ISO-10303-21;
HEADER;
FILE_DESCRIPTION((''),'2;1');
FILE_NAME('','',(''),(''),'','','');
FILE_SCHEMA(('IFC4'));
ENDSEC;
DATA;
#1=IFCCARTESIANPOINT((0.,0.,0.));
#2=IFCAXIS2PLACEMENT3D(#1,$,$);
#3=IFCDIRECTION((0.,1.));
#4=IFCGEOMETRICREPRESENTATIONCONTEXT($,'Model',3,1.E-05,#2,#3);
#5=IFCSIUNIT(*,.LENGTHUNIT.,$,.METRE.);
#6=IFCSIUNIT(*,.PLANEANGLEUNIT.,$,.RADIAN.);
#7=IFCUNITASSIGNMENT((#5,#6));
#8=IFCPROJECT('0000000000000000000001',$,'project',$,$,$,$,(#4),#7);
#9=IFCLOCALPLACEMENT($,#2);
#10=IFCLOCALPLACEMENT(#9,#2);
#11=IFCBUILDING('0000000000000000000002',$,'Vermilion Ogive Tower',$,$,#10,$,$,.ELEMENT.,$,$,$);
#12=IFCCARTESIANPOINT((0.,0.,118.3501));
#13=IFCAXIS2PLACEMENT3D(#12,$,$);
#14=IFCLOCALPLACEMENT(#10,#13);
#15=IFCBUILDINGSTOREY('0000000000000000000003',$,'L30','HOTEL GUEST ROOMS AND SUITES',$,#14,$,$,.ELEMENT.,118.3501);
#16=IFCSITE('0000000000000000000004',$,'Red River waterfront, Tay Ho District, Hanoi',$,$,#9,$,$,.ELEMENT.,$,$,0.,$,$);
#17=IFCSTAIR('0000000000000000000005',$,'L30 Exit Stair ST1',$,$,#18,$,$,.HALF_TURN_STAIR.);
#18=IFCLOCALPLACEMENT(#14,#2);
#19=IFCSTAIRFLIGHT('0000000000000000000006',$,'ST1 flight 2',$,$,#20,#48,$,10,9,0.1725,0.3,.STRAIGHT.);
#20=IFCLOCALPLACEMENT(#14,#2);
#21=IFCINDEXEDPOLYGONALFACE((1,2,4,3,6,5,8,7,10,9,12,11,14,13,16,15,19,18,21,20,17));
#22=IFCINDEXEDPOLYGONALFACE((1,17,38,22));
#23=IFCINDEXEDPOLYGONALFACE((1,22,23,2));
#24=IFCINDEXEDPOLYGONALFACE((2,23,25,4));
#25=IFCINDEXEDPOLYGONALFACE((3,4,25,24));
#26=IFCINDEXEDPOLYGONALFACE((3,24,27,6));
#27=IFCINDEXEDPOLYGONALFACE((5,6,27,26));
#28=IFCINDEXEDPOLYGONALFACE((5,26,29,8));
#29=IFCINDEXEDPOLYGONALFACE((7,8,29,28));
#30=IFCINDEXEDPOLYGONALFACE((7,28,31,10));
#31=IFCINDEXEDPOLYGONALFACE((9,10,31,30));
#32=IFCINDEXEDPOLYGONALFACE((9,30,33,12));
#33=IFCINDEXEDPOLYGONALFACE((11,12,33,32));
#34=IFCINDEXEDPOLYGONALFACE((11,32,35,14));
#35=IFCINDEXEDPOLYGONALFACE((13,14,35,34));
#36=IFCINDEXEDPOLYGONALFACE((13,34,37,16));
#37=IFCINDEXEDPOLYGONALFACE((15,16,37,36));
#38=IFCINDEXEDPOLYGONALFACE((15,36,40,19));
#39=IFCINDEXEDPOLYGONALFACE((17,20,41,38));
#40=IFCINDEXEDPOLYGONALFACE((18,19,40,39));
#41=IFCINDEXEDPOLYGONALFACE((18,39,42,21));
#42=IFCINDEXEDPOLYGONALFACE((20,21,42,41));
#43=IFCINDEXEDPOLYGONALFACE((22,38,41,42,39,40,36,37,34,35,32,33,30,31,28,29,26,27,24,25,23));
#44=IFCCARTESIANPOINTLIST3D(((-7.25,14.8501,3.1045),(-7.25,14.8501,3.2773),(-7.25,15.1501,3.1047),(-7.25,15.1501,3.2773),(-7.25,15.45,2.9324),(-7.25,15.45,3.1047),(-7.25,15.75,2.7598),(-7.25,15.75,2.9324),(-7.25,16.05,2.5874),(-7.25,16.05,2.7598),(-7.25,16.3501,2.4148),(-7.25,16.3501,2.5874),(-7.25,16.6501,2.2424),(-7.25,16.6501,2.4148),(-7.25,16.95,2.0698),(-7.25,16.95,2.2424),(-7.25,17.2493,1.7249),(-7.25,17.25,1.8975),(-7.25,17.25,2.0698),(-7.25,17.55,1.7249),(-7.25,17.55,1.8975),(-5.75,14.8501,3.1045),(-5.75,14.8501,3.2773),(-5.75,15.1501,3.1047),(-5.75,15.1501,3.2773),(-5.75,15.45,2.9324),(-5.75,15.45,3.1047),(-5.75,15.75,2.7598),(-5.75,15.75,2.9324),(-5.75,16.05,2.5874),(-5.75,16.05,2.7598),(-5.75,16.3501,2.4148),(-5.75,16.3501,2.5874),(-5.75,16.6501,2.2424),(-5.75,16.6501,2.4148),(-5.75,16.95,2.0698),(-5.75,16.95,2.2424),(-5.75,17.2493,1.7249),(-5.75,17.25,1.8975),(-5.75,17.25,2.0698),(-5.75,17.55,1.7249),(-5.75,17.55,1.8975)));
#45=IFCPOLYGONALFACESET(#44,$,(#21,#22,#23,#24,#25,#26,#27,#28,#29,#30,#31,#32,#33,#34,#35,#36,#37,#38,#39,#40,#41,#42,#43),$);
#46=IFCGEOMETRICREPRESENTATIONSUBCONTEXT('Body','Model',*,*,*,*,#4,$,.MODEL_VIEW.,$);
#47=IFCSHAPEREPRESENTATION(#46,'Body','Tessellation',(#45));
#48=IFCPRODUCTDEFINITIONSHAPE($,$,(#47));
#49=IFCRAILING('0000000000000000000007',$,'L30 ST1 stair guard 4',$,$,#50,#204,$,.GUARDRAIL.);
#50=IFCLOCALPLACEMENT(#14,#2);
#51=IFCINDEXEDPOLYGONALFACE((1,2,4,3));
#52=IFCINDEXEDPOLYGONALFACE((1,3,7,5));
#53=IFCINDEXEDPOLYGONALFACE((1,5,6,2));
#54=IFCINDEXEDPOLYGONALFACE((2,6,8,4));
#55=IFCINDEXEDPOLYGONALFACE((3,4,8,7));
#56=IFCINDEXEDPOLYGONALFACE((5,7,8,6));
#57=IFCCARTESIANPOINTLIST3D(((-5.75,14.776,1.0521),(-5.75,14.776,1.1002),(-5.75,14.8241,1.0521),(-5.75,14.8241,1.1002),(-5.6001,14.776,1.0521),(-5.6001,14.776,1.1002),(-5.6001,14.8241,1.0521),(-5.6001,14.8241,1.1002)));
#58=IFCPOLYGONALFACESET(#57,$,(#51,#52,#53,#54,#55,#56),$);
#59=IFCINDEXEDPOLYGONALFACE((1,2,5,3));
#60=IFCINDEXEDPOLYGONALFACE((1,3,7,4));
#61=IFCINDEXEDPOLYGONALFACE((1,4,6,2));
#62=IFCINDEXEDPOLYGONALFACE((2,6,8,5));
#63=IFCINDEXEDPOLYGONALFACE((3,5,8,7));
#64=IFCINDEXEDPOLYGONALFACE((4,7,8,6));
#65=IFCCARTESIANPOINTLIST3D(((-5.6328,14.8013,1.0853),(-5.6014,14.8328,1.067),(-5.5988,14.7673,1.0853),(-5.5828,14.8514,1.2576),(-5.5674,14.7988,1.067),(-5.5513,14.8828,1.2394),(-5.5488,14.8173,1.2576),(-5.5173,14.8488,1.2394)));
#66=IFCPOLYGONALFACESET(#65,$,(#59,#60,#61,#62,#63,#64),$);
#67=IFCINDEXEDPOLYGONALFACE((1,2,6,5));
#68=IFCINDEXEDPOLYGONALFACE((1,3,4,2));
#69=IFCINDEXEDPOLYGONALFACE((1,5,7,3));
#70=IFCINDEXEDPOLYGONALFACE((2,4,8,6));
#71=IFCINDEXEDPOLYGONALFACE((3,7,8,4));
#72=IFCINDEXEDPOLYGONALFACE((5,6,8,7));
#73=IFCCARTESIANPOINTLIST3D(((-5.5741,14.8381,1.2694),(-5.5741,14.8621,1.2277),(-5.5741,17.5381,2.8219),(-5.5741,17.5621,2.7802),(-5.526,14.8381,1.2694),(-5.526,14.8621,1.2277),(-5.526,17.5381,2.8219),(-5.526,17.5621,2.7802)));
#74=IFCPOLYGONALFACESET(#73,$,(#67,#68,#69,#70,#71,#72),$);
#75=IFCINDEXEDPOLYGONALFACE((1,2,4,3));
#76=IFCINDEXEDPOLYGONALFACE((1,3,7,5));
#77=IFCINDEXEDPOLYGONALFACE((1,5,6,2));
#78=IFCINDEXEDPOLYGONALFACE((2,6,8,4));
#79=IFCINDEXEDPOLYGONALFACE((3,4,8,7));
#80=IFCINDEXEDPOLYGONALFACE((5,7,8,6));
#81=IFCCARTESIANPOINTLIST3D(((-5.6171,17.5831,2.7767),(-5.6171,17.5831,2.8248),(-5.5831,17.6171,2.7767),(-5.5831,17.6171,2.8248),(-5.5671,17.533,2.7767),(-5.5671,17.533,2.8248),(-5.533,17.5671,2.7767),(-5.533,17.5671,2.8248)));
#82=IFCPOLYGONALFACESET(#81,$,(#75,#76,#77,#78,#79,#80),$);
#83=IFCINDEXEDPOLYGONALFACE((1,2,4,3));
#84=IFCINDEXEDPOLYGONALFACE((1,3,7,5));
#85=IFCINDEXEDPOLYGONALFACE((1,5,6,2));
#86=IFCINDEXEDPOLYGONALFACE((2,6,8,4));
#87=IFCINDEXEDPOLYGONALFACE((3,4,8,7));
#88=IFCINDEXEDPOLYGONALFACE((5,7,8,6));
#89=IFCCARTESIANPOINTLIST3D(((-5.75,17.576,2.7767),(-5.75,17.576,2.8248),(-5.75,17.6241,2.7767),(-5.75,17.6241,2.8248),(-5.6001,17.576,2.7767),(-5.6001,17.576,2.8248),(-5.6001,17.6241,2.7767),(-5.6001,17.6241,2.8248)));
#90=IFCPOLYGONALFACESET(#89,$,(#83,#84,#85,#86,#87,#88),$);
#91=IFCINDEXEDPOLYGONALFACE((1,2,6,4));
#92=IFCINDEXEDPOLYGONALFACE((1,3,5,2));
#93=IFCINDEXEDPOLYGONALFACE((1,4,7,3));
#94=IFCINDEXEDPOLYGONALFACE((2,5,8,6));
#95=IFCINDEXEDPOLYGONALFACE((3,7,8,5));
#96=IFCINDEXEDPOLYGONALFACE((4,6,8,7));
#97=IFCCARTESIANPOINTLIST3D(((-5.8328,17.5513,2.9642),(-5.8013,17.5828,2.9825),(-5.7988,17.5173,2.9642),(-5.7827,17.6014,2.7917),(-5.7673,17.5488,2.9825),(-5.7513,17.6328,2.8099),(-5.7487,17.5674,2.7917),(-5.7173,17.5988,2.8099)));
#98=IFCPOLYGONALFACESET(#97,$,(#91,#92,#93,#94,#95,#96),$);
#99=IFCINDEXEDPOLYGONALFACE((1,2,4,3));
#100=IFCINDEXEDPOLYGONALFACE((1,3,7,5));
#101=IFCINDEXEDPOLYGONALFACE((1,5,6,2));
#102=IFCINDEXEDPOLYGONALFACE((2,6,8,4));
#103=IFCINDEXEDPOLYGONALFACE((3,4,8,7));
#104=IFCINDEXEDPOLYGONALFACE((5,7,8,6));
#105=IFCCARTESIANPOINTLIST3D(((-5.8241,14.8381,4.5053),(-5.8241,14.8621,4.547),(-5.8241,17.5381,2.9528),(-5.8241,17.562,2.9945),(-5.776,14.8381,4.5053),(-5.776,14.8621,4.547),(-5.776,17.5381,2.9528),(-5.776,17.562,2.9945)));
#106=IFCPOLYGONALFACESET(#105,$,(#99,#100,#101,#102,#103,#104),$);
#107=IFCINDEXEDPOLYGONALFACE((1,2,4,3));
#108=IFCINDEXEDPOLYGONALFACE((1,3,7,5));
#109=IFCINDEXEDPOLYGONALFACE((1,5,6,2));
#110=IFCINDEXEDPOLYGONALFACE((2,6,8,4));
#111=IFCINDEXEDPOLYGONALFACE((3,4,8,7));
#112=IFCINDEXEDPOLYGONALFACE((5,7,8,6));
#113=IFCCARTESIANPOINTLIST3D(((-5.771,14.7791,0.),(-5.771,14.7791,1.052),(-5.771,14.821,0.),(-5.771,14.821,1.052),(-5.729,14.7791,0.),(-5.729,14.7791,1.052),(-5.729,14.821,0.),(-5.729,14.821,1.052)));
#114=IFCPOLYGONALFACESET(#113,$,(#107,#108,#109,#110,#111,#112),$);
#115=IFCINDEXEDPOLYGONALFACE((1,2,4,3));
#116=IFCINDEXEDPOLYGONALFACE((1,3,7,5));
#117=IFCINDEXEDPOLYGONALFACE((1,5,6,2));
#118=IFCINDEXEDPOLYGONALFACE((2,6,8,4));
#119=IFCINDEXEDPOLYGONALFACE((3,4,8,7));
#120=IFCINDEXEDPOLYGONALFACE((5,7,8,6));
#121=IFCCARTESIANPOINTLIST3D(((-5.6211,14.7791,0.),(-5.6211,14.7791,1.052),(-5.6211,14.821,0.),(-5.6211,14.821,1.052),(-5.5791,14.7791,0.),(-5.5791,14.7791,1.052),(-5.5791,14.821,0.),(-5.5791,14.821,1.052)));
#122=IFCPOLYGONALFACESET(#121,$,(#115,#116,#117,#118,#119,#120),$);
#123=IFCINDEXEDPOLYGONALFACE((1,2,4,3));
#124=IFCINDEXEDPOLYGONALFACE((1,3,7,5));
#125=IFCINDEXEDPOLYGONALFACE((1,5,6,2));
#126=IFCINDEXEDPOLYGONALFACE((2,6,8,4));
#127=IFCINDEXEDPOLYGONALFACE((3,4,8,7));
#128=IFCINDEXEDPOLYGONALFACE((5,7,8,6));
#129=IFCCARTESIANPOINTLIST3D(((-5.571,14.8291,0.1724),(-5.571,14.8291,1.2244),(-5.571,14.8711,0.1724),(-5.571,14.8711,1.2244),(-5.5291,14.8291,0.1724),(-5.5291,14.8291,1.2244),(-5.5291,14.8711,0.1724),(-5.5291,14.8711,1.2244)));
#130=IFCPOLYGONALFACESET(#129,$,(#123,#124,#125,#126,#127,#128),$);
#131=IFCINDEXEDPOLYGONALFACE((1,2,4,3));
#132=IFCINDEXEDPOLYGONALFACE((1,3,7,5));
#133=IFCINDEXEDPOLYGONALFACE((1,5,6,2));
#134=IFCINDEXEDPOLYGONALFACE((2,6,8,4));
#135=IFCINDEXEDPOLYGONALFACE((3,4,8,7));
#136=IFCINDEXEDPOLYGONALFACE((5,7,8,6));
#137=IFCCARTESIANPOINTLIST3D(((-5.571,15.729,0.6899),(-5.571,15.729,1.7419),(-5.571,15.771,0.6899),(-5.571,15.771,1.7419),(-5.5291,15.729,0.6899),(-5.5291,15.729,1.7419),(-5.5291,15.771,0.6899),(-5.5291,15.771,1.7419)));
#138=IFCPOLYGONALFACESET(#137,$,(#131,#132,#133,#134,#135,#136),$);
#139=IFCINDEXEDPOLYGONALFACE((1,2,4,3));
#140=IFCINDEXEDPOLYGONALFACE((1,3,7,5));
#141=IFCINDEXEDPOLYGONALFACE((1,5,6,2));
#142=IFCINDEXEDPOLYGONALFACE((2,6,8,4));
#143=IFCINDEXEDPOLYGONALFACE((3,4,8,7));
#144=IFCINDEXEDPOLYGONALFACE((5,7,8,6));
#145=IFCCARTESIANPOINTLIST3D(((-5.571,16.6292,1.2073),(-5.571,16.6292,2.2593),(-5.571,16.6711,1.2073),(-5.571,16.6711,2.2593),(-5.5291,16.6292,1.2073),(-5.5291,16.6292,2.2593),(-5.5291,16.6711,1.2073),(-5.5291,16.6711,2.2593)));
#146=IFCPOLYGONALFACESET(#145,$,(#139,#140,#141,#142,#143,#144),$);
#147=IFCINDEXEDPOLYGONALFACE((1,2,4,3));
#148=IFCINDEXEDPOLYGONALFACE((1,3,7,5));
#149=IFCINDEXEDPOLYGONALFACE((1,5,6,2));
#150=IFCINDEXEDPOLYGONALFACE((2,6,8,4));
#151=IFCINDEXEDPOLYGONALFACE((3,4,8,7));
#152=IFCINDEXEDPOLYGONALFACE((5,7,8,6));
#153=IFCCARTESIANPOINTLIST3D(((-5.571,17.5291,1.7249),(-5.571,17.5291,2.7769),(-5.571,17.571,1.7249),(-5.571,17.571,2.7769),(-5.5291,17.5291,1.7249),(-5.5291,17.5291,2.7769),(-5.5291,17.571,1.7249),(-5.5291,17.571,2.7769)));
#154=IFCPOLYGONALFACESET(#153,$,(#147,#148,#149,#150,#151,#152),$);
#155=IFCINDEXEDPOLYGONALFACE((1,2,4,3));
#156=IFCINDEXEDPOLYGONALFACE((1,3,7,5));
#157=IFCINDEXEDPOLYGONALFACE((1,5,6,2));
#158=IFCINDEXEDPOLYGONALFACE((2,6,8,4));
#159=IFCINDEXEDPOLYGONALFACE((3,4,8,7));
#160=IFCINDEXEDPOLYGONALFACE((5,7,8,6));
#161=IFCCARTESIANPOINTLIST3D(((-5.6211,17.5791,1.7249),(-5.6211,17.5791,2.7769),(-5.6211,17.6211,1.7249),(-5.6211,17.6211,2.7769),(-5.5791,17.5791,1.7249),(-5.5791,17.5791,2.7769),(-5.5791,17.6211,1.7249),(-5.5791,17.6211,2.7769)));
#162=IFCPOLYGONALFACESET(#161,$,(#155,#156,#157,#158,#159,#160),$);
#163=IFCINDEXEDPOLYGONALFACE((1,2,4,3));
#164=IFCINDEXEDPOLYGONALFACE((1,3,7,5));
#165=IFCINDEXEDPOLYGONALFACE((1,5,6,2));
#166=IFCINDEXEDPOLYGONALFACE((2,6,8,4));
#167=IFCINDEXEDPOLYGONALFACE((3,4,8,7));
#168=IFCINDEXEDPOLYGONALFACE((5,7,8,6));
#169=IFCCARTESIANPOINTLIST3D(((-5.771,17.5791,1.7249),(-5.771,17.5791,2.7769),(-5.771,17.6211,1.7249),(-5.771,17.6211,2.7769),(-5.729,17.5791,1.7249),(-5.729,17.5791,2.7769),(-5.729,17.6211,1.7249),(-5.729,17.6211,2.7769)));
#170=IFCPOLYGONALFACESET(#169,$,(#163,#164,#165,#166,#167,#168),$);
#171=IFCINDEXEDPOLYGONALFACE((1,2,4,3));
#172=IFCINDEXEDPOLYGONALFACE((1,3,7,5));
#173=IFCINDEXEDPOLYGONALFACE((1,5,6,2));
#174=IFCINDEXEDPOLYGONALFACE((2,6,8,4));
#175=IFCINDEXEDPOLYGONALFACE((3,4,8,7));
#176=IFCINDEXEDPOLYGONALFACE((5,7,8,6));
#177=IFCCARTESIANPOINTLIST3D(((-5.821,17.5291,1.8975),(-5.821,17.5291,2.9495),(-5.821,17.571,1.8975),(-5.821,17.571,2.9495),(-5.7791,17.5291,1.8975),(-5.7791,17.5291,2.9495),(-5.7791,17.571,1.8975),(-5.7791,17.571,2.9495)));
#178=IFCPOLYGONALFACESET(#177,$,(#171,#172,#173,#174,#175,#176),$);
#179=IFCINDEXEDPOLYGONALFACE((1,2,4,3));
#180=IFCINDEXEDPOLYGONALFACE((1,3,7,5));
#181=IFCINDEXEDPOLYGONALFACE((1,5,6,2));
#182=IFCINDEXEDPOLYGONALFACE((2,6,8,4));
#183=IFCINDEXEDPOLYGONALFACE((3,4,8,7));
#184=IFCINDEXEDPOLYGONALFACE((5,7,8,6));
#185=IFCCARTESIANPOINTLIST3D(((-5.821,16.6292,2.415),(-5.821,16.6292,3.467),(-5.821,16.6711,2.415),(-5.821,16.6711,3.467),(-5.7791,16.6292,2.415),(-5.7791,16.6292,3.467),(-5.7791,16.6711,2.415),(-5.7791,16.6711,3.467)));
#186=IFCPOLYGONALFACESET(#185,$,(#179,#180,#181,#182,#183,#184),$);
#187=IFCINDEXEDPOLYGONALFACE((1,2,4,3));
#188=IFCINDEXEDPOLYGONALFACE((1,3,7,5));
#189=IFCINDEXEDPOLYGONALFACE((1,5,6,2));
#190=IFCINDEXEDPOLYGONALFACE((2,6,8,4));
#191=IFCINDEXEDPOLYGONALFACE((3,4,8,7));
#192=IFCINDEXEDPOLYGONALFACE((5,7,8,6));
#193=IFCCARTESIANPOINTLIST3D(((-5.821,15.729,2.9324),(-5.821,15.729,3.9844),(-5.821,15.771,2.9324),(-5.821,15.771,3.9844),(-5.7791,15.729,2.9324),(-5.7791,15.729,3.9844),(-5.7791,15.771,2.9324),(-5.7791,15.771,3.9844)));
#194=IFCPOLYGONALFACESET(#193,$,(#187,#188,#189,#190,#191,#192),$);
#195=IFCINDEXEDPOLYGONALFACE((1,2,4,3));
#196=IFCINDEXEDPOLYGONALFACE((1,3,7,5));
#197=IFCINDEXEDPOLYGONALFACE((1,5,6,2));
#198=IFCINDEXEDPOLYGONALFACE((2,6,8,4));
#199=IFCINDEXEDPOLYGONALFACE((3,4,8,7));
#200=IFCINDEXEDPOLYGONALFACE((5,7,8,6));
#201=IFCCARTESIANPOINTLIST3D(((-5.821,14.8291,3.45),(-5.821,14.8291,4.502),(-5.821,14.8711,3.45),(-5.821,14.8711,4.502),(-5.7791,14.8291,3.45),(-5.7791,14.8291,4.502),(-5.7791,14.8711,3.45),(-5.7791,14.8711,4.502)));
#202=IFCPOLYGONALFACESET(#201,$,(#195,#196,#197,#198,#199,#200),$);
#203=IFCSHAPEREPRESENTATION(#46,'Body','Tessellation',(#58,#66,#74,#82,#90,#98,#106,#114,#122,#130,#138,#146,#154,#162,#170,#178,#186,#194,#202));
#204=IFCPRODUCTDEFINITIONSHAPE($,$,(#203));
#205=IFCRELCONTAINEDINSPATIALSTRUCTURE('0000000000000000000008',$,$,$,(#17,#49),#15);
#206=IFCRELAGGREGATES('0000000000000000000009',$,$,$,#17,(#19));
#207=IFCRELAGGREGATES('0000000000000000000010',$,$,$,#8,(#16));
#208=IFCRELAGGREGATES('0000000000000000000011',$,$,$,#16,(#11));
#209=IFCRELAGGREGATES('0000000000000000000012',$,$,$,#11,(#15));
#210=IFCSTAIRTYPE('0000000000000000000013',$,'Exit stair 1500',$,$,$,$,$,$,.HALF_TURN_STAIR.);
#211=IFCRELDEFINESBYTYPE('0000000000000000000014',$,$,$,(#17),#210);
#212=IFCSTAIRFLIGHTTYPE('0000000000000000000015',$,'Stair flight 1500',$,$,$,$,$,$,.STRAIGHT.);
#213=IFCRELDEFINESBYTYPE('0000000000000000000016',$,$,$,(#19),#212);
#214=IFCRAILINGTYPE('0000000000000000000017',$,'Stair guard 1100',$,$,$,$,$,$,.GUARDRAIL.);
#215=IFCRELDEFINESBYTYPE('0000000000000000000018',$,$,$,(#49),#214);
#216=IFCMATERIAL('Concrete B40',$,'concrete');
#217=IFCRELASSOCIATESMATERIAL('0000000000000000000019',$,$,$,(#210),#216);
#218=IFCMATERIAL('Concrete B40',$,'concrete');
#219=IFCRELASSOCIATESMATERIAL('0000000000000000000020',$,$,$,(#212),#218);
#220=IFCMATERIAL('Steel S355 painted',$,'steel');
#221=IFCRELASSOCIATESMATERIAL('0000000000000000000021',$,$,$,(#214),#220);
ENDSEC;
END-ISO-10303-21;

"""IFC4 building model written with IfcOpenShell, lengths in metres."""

from ifc_helpers import new_model, si_unit, direction, frame, origin, origin_2d, place, context, subcontext, project, spatial, polyline, rectangle, outline, extrude, material, type_object, element, aggregate, save


model = new_model("IFC4")

# Units and contexts
model_context = context("Model", 3, precision=1e-05, world=origin(), true_north=direction((0.0, 1.0)))
body_context = subcontext(model_context, "Body", "Model", "MODEL_VIEW")
ifc_project = project(units=[si_unit("LENGTHUNIT", "METRE"), si_unit("PLANEANGLEUNIT", "RADIAN")], contexts=[model_context])

# Site, building, storey
site_placement = place(None, origin())
site = spatial("IfcSite", under=ifc_project, at=site_placement, Name="Red River waterfront, Tay Ho District, Hanoi", CompositionType="ELEMENT", RefElevation=0.0)
building_placement = place(site_placement, origin())
building = spatial("IfcBuilding", under=site, at=building_placement, Name="Vermilion Ogive Tower", CompositionType="ELEMENT")
storey_placement = place(building_placement, frame((0.0, 0.0, 118.3501)))
storey = spatial("IfcBuildingStorey", under=building, at=storey_placement, Name="L30", Description="HOTEL GUEST ROOMS AND SUITES", CompositionType="ELEMENT", Elevation=118.3501)

# Stair, stair flight
ifc_material_1 = material(Name="Concrete B40", Category="concrete")
stair_type = type_object("IfcStairType", Name="Exit stair 1500", PredefinedType="HALF_TURN_STAIR", material=ifc_material_1)
stair_placement = place(storey_placement, origin())
stair = element("IfcStair", 1, at=stair_placement, inside=storey, type_object=stair_type, Name="L30 Exit Stair ST1", PredefinedType="HALF_TURN_STAIR")
ifc_material_2 = material(Name="Concrete B40", Category="concrete")
stair_flight_type = type_object("IfcStairFlightType", Name="Stair flight 1500", PredefinedType="STRAIGHT", material=ifc_material_2)
stair_flight_1_placement = place(storey_placement, frame((-6.5, 17.55, 1.7249), z_axis=(0.0, 0.0, 1.0), x_axis=(0.0, -1.0, 0.0)))
stair_flight_1 = element("IfcStairFlight", 2, at=stair_flight_1_placement, type_object=stair_flight_type, Name="ST1 flight 2", NumberOfRisers=10, NumberOfTreads=9, PredefinedType="STRAIGHT", RiserHeight=0.1725, TreadLength=0.3, context=body_context, shape_type="SweptSolid", body=[
    extrude(outline(polyline([(0.0, 0.0), (0.0, 0.1726), (0.3, 0.1726), (0.3, 0.345), (0.6001, 0.345), (0.6001, 0.5176), (0.8999, 0.5176), (0.8999, 0.6899), (1.2, 0.6899), (1.2, 0.8625), (1.5, 0.8625), (1.5, 1.0349), (1.8, 1.0349), (1.8, 1.2075), (2.1001, 1.2075), (2.1001, 1.3799), (2.3999, 1.3799), (2.3999, 1.5525), (2.7, 1.5525), (2.7, 1.7251), (2.7, 1.3796), (0.3008, 0.0), (0.0, 0.0)])), frame((0.0, 0.75, 0.0), z_axis=(0.0, -1.0, 0.0), x_axis=(1.0, 0.0, 0.0)), (0.0, 0.0, 1.0), 1.5),
])
aggregate(stair, [stair_flight_1])

# Railing
ifc_material_3 = material(Name="Steel S355 painted", Category="steel")
railing_type_1 = type_object("IfcRailingType", Name="Stair guard 1100", PredefinedType="GUARDRAIL", material=ifc_material_3)
railing_1_placement = place(storey_placement, frame((-5.75, 14.8, 0.0)))
element("IfcRailing", 3, at=railing_1_placement, inside=storey, type_object=railing_type_1, Name="L30 ST1 stair guard 4", PredefinedType="GUARDRAIL", context=body_context, shape_type="SweptSolid", body=[
    extrude(rectangle(XDim=0.0481, YDim=0.0481, at=origin_2d()), frame((0.0, 0.0, 1.0762), z_axis=(1.0, 0.0, 0.0), x_axis=(0.0, 1.0, 0.0)), (0.0, 0.0, 1.0), 0.1499),
    extrude(rectangle(XDim=0.0481, YDim=0.0481, at=origin_2d()), frame((0.1499, 0.0, 1.0762), z_axis=(0.268603, 0.268603, 0.925043), x_axis=(-0.707107, 0.707107, 0.0)), (0.0, 0.0, 1.0), 0.1863),
    extrude(rectangle(XDim=0.0481, YDim=0.0481, at=origin_2d()), frame((0.2, 0.05, 1.2485), z_axis=(0.0, 0.866904, 0.498476), x_axis=(-1.0, 0.0, 0.0)), (0.0, 0.0, 1.0), 3.1145),
    extrude(rectangle(XDim=0.0481, YDim=0.0481, at=origin_2d()), frame((0.2, 2.75, 2.8008), z_axis=(-0.707107, 0.707107, 0.0), x_axis=(-0.707107, -0.707107, 0.0)), (0.0, 0.0, 1.0), 0.0708),
    extrude(rectangle(XDim=0.0481, YDim=0.0481, at=origin_2d()), frame((0.1499, 2.8, 2.8008), z_axis=(-1.0, 0.0, 0.0), x_axis=(0.0, -1.0, 0.0)), (0.0, 0.0, 1.0), 0.1499),
    extrude(rectangle(XDim=0.0481, YDim=0.0481, at=origin_2d()), frame((0.0, 2.8, 2.8008), z_axis=(-0.268278, -0.268278, 0.925232), x_axis=(0.707107, -0.707107, 0.0)), (0.0, 0.0, 1.0), 0.1865),
    extrude(rectangle(XDim=0.0481, YDim=0.0481, at=origin_2d()), frame((-0.05, 2.75, 2.9736), z_axis=(0.0, -0.866904, 0.498476), x_axis=(1.0, 0.0, 0.0)), (0.0, 0.0, 1.0), 3.1145),
    extrude(rectangle(XDim=0.042, YDim=0.042, at=origin_2d()), origin(), (0.0, 0.0, 1.0), 1.052),
    extrude(rectangle(XDim=0.042, YDim=0.042, at=origin_2d()), frame((0.1499, 0.0, 0.0)), (0.0, 0.0, 1.0), 1.052),
    extrude(rectangle(XDim=0.042, YDim=0.042, at=origin_2d()), frame((0.2, 0.05, 0.1724)), (0.0, 0.0, 1.0), 1.052),
    extrude(rectangle(XDim=0.042, YDim=0.042, at=origin_2d()), frame((0.2, 0.95, 0.6899)), (0.0, 0.0, 1.0), 1.052),
    extrude(rectangle(XDim=0.042, YDim=0.042, at=origin_2d()), frame((0.2, 1.8501, 1.2073)), (0.0, 0.0, 1.0), 1.052),
    extrude(rectangle(XDim=0.042, YDim=0.042, at=origin_2d()), frame((0.2, 2.75, 1.7249)), (0.0, 0.0, 1.0), 1.052),
    extrude(rectangle(XDim=0.042, YDim=0.042, at=origin_2d()), frame((0.1499, 2.8, 1.7249)), (0.0, 0.0, 1.0), 1.052),
    extrude(rectangle(XDim=0.042, YDim=0.042, at=origin_2d()), frame((0.0, 2.8, 1.7249)), (0.0, 0.0, 1.0), 1.052),
    extrude(rectangle(XDim=0.042, YDim=0.042, at=origin_2d()), frame((-0.05, 2.75, 1.8975)), (0.0, 0.0, 1.0), 1.052),
    extrude(rectangle(XDim=0.042, YDim=0.042, at=origin_2d()), frame((-0.05, 1.8501, 2.415)), (0.0, 0.0, 1.0), 1.052),
    extrude(rectangle(XDim=0.042, YDim=0.042, at=origin_2d()), frame((-0.05, 0.95, 2.9324)), (0.0, 0.0, 1.0), 1.052),
    extrude(rectangle(XDim=0.042, YDim=0.042, at=origin_2d()), frame((-0.05, 0.05, 3.45)), (0.0, 0.0, 1.0), 1.052),
])

save(model, "model.ifc")
